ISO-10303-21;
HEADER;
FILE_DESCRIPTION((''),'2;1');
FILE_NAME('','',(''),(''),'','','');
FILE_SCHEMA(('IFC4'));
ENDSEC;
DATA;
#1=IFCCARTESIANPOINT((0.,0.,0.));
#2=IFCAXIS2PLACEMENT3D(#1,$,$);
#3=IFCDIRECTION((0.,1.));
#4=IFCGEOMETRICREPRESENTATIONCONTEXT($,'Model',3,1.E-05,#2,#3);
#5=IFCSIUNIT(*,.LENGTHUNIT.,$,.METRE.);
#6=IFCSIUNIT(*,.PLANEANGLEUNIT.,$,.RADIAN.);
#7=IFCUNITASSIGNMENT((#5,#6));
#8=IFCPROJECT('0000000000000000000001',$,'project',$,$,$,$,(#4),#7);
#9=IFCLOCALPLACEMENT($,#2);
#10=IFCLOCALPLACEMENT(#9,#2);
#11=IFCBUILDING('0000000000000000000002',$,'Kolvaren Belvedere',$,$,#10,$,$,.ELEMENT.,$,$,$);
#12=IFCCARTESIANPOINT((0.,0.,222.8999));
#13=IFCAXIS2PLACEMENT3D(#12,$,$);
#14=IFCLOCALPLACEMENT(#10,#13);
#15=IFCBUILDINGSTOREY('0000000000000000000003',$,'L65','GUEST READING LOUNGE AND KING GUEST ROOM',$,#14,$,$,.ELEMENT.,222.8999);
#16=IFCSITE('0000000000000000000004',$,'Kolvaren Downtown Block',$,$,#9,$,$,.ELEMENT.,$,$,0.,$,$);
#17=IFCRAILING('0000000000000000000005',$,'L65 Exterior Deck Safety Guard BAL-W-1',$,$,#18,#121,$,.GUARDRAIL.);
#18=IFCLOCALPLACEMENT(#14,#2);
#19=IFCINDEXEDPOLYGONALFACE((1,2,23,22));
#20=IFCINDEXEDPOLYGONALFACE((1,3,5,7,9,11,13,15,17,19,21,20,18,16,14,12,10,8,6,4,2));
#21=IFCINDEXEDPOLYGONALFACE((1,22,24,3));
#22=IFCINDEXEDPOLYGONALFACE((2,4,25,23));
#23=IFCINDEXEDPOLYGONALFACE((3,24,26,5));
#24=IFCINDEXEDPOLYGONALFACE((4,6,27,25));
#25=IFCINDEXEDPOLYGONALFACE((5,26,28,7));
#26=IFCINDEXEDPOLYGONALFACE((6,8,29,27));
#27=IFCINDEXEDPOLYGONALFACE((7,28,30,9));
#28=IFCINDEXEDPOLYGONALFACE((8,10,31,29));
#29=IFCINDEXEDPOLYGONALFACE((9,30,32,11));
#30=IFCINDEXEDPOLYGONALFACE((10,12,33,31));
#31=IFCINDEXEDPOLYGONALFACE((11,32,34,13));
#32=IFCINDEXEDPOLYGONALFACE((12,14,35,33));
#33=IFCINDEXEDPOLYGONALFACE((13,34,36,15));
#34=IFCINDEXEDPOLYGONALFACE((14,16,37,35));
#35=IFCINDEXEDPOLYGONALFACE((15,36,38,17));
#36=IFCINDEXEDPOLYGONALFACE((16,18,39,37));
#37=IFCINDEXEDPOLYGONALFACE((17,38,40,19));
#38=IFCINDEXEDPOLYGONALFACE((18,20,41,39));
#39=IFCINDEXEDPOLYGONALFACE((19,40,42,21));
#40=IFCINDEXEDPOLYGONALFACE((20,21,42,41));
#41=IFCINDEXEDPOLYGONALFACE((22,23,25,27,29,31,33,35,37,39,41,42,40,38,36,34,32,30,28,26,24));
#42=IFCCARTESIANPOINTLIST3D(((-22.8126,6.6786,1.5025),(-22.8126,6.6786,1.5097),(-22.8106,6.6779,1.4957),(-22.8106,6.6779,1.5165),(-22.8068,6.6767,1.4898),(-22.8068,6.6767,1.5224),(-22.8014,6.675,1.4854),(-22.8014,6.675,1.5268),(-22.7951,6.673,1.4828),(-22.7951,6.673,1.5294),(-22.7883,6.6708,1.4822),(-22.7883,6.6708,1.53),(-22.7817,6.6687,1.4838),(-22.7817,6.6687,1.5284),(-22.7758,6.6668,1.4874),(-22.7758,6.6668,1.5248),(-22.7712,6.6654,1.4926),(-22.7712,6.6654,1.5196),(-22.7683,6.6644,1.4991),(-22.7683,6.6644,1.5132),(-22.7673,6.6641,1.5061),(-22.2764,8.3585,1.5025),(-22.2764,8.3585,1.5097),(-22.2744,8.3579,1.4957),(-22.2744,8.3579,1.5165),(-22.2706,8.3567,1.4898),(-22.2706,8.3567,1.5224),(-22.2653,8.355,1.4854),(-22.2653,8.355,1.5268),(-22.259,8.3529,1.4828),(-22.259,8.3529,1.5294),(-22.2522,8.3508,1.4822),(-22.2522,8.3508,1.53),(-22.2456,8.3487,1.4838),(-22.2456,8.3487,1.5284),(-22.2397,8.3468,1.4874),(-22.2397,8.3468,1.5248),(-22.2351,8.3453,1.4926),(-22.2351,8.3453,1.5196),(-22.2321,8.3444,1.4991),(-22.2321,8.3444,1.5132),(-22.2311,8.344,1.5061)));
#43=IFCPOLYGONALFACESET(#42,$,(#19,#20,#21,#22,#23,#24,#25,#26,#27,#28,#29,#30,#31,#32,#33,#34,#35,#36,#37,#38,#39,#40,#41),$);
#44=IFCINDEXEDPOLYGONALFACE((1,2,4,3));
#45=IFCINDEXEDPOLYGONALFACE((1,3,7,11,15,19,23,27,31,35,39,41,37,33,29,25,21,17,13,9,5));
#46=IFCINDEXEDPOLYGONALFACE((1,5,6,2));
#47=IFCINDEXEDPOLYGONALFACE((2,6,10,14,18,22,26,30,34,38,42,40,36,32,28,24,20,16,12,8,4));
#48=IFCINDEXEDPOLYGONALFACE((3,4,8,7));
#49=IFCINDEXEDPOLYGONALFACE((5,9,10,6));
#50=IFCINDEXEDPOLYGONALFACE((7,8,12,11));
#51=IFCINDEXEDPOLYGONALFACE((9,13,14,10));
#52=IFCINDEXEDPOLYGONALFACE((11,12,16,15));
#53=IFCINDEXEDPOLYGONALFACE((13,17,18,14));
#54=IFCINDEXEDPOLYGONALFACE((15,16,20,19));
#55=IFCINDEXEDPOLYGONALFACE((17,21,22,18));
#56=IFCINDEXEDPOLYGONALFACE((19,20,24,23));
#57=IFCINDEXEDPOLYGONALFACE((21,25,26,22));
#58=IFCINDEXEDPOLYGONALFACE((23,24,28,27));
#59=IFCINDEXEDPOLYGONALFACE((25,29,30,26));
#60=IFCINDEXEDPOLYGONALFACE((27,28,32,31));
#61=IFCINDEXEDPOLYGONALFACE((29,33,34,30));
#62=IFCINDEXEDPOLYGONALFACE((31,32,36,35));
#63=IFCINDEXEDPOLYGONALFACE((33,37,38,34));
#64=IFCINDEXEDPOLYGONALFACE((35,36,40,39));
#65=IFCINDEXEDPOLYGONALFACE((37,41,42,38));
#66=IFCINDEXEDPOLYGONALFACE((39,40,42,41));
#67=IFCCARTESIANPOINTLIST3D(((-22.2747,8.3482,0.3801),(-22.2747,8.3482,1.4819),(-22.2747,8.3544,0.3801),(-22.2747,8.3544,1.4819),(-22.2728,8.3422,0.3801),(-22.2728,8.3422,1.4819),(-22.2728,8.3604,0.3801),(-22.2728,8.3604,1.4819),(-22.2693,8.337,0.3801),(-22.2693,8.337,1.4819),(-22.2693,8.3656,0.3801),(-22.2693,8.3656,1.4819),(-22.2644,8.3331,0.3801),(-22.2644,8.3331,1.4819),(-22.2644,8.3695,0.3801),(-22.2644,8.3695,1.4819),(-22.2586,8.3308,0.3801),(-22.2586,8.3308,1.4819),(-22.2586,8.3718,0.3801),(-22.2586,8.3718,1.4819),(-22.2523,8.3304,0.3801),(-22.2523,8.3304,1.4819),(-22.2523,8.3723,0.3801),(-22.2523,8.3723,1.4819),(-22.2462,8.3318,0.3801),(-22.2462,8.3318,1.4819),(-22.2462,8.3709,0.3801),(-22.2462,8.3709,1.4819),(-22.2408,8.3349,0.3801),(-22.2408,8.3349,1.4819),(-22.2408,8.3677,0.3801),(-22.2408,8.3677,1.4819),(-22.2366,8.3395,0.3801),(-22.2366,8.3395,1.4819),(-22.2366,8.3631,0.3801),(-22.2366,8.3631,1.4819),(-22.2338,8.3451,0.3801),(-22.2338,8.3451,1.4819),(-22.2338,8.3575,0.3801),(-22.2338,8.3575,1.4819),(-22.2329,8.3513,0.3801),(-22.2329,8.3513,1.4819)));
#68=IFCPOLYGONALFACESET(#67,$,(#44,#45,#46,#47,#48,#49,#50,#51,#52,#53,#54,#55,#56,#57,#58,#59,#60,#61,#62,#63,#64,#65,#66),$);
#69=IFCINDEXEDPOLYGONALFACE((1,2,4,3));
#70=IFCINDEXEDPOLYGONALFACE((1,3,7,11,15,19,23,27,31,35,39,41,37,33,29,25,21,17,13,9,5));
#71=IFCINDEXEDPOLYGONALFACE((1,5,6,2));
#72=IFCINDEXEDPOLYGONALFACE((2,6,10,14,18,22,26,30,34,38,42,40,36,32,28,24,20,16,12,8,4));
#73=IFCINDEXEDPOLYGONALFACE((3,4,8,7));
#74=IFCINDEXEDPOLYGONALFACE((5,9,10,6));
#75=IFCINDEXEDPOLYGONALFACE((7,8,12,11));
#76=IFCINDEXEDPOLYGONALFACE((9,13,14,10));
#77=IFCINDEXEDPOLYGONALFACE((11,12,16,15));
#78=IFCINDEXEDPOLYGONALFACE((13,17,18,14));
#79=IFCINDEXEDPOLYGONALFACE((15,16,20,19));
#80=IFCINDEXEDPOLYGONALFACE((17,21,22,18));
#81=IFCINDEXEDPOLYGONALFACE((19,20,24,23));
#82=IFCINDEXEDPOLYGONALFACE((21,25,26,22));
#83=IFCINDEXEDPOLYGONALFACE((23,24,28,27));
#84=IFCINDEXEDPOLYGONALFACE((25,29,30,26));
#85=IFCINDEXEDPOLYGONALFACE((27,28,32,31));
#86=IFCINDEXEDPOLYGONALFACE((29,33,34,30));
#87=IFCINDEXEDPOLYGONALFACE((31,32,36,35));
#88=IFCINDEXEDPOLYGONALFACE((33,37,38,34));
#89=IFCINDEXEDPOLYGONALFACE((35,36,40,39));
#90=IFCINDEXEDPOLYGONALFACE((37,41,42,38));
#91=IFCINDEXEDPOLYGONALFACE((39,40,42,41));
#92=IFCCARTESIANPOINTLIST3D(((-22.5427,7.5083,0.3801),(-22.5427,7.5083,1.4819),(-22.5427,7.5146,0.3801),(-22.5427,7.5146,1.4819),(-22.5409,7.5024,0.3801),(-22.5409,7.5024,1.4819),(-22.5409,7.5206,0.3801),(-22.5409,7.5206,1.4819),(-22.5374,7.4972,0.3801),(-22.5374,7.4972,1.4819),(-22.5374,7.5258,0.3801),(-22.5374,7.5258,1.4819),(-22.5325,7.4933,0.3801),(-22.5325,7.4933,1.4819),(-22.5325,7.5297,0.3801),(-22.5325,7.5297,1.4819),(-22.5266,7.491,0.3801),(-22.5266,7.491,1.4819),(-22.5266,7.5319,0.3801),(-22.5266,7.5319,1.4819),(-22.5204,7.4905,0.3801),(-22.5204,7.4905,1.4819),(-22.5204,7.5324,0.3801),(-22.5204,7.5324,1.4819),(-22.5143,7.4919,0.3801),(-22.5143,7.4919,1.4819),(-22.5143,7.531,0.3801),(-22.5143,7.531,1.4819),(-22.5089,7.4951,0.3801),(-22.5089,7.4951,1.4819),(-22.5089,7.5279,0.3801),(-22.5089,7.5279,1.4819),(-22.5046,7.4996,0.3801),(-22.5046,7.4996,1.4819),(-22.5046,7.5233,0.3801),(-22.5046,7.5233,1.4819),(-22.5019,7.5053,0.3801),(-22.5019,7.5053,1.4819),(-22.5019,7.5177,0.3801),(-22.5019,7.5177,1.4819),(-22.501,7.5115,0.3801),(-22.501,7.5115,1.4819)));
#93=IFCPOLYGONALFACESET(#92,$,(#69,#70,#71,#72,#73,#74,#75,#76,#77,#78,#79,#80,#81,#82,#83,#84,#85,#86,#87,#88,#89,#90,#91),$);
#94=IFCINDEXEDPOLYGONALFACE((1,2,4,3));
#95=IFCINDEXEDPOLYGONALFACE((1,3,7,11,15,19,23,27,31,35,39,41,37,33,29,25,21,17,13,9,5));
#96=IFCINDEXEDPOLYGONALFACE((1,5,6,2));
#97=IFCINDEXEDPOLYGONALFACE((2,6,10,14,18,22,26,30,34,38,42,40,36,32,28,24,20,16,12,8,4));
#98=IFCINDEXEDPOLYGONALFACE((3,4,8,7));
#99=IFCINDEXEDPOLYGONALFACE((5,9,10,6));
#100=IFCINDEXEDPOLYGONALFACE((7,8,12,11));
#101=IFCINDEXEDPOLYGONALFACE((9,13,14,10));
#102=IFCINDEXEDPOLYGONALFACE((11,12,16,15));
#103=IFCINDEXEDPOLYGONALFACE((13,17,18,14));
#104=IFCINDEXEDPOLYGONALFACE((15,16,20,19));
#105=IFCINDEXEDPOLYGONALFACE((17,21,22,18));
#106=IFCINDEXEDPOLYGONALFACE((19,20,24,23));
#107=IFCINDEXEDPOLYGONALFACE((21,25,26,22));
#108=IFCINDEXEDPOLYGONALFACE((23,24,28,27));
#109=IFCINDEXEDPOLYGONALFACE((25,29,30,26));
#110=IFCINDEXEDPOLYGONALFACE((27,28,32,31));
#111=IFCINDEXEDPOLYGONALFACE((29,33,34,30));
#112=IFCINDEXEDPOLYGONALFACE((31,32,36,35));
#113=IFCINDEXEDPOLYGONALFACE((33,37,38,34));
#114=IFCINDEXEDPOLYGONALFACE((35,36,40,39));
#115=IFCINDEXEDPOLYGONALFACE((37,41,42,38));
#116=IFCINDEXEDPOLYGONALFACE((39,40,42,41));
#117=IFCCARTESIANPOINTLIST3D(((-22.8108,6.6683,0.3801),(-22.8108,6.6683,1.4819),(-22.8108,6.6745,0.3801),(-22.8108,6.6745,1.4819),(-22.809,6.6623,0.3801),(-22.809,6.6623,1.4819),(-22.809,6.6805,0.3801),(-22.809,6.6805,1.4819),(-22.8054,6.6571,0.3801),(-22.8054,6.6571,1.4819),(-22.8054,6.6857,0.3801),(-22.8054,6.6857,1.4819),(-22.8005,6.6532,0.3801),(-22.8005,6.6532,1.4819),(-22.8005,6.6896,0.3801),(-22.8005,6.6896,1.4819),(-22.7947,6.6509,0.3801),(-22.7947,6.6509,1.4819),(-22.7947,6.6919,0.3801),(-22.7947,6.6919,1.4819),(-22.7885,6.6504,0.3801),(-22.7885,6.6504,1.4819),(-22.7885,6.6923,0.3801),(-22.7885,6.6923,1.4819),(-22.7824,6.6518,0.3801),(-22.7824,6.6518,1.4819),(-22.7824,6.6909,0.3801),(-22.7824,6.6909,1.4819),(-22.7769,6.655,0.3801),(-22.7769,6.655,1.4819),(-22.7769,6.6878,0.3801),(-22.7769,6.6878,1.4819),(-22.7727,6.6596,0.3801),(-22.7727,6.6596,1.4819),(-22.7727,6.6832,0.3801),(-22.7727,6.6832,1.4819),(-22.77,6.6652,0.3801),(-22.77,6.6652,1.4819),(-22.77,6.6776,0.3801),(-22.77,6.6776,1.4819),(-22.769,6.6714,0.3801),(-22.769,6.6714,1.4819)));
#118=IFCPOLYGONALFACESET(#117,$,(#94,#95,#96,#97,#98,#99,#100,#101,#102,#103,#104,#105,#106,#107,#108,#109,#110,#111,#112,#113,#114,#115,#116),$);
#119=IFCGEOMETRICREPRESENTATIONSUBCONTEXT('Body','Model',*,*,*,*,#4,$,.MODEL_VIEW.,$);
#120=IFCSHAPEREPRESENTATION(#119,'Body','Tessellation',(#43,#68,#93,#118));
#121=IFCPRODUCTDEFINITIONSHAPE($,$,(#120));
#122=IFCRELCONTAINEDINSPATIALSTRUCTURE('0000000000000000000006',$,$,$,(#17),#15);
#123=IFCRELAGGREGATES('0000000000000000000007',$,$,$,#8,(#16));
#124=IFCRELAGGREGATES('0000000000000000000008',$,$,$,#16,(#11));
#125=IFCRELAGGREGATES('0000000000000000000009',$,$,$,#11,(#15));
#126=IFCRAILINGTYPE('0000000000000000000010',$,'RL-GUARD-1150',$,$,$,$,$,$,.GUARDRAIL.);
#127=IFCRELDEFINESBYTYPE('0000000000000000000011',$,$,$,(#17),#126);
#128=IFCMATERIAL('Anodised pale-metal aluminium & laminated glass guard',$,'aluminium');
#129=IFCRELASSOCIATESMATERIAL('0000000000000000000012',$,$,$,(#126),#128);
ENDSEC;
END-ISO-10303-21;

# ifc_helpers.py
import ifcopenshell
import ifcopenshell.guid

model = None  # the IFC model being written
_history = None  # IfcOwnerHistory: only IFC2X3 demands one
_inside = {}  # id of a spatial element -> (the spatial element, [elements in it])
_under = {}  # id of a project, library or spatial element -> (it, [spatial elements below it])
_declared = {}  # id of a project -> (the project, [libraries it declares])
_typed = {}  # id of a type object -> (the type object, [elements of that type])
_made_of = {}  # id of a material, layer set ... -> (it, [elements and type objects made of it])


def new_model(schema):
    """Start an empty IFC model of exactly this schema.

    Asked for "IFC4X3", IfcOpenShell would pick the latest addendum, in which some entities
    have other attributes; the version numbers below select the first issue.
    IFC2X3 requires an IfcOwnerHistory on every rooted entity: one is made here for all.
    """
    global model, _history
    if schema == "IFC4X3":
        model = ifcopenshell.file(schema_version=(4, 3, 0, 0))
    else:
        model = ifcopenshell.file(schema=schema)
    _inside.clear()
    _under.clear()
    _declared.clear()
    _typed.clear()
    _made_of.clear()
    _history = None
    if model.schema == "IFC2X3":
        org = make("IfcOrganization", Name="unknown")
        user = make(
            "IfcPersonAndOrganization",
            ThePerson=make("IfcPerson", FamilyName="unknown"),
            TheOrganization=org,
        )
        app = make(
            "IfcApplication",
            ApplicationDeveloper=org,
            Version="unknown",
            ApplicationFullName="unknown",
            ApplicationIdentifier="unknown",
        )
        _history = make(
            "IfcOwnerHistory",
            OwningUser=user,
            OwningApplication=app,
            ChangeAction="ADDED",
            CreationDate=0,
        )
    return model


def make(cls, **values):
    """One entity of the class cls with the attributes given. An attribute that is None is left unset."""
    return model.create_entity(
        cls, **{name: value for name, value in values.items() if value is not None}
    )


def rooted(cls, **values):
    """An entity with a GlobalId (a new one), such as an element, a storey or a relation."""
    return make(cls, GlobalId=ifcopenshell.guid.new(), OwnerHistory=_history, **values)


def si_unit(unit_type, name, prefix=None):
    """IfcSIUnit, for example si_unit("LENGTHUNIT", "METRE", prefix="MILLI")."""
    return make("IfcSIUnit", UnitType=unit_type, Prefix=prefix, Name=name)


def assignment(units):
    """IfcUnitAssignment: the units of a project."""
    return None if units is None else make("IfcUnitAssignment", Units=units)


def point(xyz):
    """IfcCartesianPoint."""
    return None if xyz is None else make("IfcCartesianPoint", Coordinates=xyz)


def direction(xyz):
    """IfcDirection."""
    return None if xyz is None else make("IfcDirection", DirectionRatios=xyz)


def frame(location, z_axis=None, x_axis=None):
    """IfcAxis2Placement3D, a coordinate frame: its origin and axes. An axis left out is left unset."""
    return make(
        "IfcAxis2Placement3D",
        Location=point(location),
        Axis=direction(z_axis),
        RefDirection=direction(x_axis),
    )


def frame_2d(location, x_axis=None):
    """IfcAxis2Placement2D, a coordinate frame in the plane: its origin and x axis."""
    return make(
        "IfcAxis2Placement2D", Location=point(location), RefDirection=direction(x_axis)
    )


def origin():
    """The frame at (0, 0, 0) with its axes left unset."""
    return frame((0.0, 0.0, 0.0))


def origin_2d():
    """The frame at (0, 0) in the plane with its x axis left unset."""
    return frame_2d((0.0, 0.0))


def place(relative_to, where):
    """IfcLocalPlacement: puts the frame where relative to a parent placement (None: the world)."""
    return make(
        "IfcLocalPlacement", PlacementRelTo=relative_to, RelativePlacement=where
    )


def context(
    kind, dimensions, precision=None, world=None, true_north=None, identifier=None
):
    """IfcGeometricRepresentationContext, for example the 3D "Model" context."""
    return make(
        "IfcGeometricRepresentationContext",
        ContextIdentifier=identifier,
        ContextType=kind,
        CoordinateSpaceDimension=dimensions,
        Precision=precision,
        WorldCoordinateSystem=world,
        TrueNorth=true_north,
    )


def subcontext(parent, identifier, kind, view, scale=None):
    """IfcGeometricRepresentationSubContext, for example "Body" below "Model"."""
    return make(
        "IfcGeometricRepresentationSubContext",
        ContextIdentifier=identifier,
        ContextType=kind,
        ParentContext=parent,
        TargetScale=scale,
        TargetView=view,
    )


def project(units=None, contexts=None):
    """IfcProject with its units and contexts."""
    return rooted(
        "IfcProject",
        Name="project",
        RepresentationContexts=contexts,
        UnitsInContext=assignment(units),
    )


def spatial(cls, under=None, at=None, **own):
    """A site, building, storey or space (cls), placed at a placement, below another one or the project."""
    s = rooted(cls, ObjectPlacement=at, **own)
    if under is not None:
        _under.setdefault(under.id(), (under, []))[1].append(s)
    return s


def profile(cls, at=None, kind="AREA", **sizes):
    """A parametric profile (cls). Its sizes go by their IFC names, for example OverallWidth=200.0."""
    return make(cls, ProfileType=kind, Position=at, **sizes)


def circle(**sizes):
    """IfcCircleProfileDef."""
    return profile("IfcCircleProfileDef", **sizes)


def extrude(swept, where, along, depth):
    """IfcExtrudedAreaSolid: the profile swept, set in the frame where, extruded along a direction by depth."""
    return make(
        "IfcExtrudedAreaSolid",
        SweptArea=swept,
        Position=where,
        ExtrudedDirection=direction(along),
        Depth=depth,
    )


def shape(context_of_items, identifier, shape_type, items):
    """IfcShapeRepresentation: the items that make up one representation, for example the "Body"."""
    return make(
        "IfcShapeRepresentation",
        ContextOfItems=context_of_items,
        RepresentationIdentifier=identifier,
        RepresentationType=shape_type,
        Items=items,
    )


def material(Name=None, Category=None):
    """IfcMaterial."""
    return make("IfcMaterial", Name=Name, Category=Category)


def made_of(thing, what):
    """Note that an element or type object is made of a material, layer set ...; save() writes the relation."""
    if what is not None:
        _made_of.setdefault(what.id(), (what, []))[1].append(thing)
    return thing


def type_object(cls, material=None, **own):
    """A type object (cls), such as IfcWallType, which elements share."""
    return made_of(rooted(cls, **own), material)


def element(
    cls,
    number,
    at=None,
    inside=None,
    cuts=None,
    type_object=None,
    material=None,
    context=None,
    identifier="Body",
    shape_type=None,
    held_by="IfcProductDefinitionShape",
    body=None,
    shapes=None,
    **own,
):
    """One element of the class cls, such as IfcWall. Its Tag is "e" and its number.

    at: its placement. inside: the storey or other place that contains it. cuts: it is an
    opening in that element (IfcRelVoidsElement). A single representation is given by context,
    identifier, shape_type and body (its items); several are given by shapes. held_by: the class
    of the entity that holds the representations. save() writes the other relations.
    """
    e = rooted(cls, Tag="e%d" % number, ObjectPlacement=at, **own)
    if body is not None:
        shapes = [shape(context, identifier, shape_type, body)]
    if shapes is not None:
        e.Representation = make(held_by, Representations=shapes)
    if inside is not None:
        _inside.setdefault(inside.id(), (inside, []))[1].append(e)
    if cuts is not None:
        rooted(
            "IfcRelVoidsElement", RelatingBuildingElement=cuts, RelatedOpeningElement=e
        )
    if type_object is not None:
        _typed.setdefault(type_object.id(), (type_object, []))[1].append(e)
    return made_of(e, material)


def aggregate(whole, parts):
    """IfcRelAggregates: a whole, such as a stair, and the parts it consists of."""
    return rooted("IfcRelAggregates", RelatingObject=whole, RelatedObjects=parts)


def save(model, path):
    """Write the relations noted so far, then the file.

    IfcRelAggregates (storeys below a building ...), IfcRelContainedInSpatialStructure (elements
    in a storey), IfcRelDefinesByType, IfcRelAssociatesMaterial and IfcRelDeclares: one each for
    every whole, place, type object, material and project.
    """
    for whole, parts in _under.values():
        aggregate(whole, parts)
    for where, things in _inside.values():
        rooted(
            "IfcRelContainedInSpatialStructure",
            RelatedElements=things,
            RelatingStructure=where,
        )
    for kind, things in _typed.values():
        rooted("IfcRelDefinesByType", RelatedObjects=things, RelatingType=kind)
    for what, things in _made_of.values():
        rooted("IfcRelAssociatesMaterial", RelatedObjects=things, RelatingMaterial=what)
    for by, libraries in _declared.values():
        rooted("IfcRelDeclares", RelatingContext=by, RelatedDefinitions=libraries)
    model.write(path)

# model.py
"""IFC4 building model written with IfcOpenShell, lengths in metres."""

from ifc_helpers import new_model, si_unit, direction, frame, origin, origin_2d, place, context, subcontext, project, spatial, circle, extrude, material, type_object, element, save


model = new_model("IFC4")

# Units and contexts
model_context = context("Model", 3, precision=1e-05, world=origin(), true_north=direction((0.0, 1.0)))
body_context = subcontext(model_context, "Body", "Model", "MODEL_VIEW")
ifc_project = project(units=[si_unit("LENGTHUNIT", "METRE"), si_unit("PLANEANGLEUNIT", "RADIAN")], contexts=[model_context])

# Site, building, storey
site_placement = place(None, origin())
site = spatial("IfcSite", under=ifc_project, at=site_placement, Name="Kolvaren Downtown Block", CompositionType="ELEMENT", RefElevation=0.0)
building_placement = place(site_placement, origin())
building = spatial("IfcBuilding", under=site, at=building_placement, Name="Kolvaren Belvedere", CompositionType="ELEMENT")
storey_placement = place(building_placement, frame((0.0, 0.0, 222.8999)))
storey = spatial("IfcBuildingStorey", under=building, at=storey_placement, Name="L65", Description="GUEST READING LOUNGE AND KING GUEST ROOM", CompositionType="ELEMENT", Elevation=222.8999)

# Railing
ifc_material_1 = material(Name="Anodised pale-metal aluminium & laminated glass guard", Category="aluminium")
railing_type = type_object("IfcRailingType", Name="RL-GUARD-1150", PredefinedType="GUARDRAIL", material=ifc_material_1)
railing_1_placement = place(storey_placement, frame((-22.2539, 8.3513, 0.3801)))
element("IfcRailing", 1, at=railing_1_placement, inside=storey, type_object=railing_type, Name="L65 Exterior Deck Safety Guard BAL-W-1", PredefinedType="GUARDRAIL", context=body_context, shape_type="SweptSolid", body=[
    extrude(circle(Radius=0.0239, at=origin_2d()), frame((0.0, 0.0, 1.126), z_axis=(-0.304032, -0.952662, 0.0), x_axis=(0.952662, -0.304032, 0.0)), (0.0, 0.0, 1.0), 1.7634),
    extrude(circle(Radius=0.021, at=origin_2d()), origin(), (0.0, 0.0, 1.0), 1.1018),
    extrude(circle(Radius=0.021, at=origin_2d()), frame((-0.2681, -0.8398, 0.0)), (0.0, 0.0, 1.0), 1.1018),
    extrude(circle(Radius=0.021, at=origin_2d()), frame((-0.5361, -1.6799, 0.0)), (0.0, 0.0, 1.0), 1.1018),
])

save(model, "model.ifc")
